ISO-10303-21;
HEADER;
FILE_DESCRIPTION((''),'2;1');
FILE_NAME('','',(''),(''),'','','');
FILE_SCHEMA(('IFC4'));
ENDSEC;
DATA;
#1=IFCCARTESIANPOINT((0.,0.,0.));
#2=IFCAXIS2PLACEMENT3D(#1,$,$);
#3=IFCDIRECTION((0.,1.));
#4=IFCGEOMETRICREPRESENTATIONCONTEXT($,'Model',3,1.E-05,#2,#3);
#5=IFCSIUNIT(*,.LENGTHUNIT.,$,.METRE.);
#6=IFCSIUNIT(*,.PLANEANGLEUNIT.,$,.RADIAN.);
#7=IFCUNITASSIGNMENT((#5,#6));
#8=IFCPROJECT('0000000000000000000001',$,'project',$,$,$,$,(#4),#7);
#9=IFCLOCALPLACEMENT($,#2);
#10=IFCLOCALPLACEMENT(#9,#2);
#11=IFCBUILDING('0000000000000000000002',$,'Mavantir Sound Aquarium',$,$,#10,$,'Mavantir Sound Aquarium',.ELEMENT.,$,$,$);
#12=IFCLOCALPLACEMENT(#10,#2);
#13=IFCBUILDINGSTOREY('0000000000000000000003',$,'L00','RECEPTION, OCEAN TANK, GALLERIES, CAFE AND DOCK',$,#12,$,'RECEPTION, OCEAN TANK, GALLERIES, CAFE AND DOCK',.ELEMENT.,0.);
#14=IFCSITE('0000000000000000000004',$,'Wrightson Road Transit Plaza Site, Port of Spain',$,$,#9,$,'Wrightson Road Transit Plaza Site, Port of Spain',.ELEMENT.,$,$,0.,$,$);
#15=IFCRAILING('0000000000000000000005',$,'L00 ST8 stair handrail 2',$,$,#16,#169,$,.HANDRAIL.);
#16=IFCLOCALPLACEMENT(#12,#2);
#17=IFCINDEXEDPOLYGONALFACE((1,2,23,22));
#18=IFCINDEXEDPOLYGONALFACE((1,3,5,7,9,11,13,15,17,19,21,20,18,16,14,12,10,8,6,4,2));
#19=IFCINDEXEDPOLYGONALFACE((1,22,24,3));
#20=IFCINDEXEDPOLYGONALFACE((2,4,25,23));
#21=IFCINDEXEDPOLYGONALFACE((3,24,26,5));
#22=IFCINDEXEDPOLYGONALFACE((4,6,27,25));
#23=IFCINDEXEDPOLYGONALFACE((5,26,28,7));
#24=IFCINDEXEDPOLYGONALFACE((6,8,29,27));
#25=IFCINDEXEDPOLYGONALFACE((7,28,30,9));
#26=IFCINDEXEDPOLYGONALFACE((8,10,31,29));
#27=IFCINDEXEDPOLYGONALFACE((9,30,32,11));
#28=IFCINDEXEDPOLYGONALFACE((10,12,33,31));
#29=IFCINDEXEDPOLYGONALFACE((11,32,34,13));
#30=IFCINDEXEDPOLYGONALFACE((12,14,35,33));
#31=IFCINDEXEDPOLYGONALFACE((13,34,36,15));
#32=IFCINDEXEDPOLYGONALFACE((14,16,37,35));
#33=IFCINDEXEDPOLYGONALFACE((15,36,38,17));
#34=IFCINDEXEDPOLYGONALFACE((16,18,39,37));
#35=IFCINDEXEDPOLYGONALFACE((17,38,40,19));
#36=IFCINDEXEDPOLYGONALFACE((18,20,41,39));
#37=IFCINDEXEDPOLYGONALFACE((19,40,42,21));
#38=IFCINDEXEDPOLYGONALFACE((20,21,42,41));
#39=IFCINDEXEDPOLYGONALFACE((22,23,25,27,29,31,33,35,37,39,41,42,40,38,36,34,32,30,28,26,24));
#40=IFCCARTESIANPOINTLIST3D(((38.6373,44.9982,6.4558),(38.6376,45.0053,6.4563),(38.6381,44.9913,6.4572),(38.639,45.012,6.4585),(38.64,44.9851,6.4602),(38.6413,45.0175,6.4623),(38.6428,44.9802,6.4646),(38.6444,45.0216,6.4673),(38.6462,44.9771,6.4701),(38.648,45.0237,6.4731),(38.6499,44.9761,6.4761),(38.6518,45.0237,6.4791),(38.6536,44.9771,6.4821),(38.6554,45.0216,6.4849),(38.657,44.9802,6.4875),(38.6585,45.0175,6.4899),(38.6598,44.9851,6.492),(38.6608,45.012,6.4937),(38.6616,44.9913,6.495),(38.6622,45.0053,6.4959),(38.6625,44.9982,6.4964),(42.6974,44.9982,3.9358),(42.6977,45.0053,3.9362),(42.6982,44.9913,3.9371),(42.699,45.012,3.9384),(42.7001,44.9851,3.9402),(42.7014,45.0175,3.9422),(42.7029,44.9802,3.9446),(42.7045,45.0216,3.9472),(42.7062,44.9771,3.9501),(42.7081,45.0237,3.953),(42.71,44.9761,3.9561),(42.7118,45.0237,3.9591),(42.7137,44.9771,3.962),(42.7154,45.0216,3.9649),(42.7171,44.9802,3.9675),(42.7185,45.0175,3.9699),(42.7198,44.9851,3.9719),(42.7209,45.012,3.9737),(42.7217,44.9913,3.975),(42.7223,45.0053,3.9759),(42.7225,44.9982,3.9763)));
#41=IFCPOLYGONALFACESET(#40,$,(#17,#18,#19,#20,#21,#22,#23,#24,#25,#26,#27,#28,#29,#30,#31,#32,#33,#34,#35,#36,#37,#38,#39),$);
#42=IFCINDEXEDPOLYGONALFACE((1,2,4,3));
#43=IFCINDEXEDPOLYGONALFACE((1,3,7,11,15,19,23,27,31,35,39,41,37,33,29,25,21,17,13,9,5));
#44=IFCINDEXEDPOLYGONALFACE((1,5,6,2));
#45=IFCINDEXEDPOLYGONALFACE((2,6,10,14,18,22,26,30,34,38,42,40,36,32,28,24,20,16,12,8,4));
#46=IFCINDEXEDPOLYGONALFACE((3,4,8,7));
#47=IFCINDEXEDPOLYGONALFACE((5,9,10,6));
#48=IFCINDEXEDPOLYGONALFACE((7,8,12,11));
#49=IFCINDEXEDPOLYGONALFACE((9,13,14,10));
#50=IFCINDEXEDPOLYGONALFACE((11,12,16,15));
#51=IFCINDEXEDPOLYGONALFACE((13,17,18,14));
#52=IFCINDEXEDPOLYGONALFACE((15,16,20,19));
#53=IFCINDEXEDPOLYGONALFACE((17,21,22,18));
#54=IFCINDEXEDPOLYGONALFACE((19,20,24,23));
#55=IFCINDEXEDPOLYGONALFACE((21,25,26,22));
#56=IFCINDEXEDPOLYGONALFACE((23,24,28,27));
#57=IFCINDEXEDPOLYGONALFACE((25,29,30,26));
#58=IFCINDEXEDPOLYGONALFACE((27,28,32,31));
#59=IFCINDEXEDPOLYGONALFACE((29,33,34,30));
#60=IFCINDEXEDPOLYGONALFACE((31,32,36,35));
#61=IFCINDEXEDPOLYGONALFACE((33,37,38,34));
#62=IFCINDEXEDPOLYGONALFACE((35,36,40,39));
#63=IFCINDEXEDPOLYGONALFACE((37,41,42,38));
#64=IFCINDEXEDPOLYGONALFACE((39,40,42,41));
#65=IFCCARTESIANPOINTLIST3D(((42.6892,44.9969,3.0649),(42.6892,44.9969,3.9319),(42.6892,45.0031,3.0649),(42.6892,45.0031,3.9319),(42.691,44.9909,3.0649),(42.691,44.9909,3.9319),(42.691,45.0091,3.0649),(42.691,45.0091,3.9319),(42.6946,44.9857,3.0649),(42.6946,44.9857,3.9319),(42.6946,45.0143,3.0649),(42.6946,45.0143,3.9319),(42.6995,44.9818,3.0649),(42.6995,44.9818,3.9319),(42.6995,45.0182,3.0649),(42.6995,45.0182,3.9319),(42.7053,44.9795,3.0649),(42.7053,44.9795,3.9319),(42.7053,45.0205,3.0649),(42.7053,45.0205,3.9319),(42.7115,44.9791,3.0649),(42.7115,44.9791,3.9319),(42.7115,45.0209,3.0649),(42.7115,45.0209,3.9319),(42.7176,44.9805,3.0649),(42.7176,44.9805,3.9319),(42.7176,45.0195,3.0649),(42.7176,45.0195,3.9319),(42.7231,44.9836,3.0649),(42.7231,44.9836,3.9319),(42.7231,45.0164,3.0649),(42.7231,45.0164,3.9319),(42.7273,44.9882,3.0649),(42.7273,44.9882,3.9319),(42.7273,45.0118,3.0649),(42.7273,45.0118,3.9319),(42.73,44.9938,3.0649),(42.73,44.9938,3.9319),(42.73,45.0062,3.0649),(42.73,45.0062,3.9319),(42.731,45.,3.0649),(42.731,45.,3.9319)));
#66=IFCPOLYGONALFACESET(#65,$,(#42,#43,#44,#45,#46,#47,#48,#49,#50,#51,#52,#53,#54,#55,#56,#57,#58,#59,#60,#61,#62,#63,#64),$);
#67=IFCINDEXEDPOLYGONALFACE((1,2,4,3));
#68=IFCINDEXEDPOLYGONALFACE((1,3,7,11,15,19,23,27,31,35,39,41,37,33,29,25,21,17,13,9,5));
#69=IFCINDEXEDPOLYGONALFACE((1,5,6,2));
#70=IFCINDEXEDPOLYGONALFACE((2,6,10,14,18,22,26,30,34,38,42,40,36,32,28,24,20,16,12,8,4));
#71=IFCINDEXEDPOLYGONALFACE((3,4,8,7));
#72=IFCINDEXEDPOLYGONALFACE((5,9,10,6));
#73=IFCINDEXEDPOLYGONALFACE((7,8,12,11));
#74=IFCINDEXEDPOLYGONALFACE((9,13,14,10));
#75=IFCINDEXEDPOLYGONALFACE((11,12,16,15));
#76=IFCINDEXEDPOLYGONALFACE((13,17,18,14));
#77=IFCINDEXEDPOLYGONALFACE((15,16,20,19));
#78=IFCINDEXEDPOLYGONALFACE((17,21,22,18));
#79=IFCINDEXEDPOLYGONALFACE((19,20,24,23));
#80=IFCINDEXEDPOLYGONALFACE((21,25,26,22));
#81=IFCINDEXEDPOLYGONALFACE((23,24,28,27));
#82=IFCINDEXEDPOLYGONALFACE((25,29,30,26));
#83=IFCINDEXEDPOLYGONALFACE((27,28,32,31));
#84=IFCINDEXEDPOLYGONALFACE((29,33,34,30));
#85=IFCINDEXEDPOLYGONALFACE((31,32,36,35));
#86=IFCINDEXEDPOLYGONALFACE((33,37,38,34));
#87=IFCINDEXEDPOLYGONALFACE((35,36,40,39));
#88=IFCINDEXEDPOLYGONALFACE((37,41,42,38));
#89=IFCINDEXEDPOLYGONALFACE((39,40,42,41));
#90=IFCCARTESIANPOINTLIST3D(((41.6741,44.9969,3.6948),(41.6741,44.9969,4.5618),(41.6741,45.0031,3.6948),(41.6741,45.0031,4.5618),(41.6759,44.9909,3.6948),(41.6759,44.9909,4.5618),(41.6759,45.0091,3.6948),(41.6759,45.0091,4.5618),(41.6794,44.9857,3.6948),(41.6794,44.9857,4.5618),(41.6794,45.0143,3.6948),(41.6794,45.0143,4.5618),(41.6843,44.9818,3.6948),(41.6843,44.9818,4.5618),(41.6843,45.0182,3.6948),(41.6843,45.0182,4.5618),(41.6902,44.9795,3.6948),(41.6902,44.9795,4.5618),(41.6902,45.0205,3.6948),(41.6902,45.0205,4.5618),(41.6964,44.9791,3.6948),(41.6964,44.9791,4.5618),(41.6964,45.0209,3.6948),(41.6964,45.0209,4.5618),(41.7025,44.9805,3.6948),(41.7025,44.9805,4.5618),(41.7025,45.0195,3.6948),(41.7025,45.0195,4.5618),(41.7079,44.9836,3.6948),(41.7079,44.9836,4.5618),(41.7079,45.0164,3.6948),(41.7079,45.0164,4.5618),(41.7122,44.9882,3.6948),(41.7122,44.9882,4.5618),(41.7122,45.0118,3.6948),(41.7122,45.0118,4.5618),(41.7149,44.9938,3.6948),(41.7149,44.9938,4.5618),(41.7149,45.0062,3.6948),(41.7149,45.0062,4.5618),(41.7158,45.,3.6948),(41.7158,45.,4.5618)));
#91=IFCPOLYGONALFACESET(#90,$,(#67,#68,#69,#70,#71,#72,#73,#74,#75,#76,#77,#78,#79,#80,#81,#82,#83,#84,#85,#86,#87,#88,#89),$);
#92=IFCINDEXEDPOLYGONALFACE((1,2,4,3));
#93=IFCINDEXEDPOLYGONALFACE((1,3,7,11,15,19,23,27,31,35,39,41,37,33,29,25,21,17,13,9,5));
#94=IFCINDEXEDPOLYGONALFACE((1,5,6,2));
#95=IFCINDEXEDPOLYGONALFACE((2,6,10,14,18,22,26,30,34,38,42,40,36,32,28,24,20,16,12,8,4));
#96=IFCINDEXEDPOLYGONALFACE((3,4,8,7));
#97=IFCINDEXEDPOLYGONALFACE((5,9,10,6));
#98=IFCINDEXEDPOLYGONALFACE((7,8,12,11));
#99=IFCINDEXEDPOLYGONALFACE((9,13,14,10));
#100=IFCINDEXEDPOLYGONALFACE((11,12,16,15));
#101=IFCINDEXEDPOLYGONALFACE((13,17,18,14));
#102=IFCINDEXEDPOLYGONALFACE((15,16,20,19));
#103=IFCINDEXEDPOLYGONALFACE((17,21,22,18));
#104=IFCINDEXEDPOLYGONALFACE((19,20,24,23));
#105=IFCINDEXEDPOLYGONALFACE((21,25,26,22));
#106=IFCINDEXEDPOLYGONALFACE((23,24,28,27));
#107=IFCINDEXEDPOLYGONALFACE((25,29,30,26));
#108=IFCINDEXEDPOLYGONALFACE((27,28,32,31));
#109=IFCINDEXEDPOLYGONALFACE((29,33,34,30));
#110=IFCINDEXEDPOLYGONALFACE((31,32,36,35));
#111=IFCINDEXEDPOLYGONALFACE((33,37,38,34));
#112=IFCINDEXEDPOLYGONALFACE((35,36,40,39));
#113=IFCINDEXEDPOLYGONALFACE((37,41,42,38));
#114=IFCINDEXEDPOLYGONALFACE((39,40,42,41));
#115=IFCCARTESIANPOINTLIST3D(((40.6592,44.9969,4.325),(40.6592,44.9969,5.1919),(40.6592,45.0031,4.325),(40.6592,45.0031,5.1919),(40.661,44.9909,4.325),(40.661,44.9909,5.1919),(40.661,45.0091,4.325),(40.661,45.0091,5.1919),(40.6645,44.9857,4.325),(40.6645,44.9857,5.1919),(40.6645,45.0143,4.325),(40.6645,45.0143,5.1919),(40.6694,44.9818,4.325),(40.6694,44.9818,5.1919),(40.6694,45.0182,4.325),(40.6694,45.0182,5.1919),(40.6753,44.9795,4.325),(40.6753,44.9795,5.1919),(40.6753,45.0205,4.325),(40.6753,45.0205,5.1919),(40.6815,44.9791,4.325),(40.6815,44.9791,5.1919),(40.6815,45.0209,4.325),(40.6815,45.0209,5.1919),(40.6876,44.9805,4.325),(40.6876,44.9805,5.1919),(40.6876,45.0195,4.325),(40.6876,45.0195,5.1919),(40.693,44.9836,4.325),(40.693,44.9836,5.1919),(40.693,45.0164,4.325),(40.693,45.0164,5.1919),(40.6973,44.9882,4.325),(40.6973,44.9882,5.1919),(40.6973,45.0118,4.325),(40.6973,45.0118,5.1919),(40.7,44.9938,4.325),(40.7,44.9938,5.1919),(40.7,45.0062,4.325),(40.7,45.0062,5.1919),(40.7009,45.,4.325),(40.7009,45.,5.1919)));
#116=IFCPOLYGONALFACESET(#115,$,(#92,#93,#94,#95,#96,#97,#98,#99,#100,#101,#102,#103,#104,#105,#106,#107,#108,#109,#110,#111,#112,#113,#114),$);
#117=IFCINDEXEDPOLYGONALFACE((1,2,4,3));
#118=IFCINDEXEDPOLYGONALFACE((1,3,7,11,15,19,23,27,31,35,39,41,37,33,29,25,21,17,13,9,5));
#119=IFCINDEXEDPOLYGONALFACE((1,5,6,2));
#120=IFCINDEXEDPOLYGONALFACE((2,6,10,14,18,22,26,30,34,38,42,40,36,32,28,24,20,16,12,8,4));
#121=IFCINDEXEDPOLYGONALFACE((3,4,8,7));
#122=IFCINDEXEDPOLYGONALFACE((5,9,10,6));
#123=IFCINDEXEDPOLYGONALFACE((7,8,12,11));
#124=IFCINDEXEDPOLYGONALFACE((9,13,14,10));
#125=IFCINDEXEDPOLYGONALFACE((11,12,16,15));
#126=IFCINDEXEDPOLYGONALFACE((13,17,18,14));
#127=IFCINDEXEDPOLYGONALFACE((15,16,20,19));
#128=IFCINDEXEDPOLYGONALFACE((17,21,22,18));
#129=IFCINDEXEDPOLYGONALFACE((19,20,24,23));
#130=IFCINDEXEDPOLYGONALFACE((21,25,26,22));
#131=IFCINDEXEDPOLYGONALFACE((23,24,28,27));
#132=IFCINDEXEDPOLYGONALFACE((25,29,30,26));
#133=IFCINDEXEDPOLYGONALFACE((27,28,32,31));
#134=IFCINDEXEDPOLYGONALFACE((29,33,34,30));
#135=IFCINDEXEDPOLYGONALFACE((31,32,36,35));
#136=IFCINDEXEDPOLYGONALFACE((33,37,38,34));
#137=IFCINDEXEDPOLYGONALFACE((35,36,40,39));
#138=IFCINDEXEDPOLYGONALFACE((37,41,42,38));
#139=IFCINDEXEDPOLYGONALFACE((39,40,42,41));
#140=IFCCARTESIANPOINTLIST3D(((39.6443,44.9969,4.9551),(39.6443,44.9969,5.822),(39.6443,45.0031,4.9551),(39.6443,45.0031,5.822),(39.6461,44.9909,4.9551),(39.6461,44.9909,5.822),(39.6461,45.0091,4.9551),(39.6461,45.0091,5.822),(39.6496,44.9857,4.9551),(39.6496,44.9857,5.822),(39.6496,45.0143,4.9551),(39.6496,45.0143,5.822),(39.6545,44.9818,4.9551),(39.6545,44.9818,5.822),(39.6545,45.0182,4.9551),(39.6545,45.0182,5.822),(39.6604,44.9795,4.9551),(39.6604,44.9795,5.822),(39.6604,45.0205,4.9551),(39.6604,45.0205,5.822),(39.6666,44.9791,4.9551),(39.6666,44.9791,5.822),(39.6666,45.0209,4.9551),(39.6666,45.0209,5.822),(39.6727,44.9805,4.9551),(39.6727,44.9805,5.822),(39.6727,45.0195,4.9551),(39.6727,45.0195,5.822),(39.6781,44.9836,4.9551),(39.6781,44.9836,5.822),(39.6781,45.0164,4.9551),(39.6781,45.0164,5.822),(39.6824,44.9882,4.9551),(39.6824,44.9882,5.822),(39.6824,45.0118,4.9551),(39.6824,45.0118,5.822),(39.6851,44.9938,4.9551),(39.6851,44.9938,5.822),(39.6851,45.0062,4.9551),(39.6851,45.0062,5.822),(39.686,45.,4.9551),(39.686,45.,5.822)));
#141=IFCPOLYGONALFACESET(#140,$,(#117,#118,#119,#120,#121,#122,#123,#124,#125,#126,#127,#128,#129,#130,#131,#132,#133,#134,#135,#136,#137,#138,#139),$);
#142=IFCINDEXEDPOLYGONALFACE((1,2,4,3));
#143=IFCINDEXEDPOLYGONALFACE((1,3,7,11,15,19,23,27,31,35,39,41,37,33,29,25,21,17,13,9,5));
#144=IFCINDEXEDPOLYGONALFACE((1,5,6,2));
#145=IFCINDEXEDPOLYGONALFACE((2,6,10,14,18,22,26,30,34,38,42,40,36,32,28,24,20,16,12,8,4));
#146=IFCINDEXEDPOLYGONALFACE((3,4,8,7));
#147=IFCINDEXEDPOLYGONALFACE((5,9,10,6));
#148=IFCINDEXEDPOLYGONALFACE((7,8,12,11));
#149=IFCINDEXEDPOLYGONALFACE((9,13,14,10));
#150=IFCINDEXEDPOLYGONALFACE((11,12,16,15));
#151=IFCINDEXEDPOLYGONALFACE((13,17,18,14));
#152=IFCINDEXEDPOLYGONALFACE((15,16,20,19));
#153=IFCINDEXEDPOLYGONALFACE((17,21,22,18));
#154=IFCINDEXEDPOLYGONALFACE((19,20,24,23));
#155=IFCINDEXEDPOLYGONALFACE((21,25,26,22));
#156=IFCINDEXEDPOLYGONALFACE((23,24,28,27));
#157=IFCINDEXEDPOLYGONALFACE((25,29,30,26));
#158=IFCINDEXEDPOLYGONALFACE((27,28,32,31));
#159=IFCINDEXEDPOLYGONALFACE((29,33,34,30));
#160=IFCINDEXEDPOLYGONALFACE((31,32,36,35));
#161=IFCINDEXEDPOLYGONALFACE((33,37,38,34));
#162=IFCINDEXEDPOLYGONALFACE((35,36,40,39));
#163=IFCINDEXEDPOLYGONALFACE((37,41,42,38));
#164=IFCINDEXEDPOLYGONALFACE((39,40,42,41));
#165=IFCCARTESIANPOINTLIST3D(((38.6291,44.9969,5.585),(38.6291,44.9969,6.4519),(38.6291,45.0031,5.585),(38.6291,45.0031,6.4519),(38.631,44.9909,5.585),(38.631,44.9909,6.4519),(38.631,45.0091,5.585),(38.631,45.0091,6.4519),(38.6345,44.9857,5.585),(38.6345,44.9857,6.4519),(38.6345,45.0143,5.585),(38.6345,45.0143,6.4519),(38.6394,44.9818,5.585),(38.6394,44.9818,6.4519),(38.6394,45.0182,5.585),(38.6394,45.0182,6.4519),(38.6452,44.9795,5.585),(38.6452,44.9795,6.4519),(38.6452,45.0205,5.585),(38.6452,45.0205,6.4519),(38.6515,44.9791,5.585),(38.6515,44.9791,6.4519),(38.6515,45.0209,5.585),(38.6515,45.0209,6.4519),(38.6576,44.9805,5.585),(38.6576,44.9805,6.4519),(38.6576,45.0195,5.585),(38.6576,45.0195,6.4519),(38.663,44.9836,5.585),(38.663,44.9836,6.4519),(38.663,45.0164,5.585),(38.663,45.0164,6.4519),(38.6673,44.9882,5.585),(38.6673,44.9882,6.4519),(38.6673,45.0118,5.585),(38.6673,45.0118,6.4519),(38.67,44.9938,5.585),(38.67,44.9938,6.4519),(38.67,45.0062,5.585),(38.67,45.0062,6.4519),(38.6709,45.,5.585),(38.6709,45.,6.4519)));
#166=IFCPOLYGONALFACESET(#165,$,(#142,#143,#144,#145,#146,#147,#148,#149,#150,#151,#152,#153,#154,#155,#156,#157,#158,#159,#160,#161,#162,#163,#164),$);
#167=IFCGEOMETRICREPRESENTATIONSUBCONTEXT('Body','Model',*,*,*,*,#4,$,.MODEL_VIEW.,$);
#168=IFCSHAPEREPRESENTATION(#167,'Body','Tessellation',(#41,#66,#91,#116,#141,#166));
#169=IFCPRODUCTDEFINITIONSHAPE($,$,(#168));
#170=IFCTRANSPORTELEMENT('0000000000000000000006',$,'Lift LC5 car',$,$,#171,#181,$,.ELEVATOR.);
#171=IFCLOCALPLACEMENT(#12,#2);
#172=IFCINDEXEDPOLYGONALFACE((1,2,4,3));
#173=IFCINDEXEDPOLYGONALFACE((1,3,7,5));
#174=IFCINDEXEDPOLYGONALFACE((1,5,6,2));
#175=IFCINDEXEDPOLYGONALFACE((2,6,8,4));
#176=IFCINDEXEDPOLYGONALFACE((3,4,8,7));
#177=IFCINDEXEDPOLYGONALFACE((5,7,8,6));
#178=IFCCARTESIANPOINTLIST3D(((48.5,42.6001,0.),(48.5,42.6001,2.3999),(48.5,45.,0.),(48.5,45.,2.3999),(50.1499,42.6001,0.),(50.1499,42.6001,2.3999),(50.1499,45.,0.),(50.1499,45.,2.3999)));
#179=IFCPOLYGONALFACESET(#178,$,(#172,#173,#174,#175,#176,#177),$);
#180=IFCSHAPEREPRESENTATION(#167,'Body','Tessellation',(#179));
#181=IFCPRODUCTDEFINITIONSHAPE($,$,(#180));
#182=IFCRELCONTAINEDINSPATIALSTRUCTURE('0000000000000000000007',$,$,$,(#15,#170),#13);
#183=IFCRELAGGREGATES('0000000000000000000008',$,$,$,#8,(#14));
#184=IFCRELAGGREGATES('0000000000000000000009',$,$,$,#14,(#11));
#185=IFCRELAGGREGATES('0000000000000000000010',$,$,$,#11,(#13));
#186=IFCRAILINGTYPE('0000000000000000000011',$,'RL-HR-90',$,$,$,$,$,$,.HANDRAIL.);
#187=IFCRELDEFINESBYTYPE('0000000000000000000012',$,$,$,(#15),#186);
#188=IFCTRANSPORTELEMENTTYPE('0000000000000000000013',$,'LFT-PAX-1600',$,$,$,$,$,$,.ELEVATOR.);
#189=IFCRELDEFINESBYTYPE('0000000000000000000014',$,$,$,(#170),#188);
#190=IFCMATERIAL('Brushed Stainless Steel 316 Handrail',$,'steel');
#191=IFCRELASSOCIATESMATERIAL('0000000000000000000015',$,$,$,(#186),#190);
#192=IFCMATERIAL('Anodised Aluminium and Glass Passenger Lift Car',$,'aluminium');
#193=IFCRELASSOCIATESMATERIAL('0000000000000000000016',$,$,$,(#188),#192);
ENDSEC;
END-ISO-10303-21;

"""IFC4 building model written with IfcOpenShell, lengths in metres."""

from ifc_helpers import new_model, si_unit, direction, frame, origin, origin_2d, place, context, subcontext, project, spatial, rectangle, circle, extrude, material, type_object, element, save


model = new_model("IFC4")

# Units and contexts
model_context = context("Model", 3, precision=1e-05, world=origin(), true_north=direction((0.0, 1.0)))
body_context = subcontext(model_context, "Body", "Model", "MODEL_VIEW")
ifc_project = project(units=[si_unit("LENGTHUNIT", "METRE"), si_unit("PLANEANGLEUNIT", "RADIAN")], contexts=[model_context])

# Site, building, storey
site_placement = place(None, origin())
site = spatial("IfcSite", under=ifc_project, at=site_placement, Name="Wrightson Road Transit Plaza Site, Port of Spain", LongName="Wrightson Road Transit Plaza Site, Port of Spain", CompositionType="ELEMENT", RefElevation=0.0)
building_placement = place(site_placement, origin())
building = spatial("IfcBuilding", under=site, at=building_placement, Name="Mavantir Sound Aquarium", LongName="Mavantir Sound Aquarium", CompositionType="ELEMENT")
storey_placement = place(building_placement, origin())
storey = spatial("IfcBuildingStorey", under=building, at=storey_placement, Name="L00", Description="RECEPTION, OCEAN TANK, GALLERIES, CAFE AND DOCK", LongName="RECEPTION, OCEAN TANK, GALLERIES, CAFE AND DOCK", CompositionType="ELEMENT", Elevation=0.0)

# Railing
ifc_material_1 = material(Name="Brushed Stainless Steel 316 Handrail", Category="steel")
railing_type_1 = type_object("IfcRailingType", Name="RL-HR-90", PredefinedType="HANDRAIL", material=ifc_material_1)
railing_1_placement = place(storey_placement, frame((42.71, 45.0, 3.0649)))
element("IfcRailing", 1, at=railing_1_placement, inside=storey, type_object=railing_type_1, Name="L00 ST8 stair handrail 2", PredefinedType="HANDRAIL", context=body_context, shape_type="SweptSolid", body=[
    extrude(circle(Radius=0.0239, at=origin_2d()), frame((0.0, 0.0, 0.8911), z_axis=(-0.849642, 0.0, 0.52736), x_axis=(0.0, -1.0, 0.0)), (0.0, 0.0, 1.0), 4.7786),
    extrude(circle(Radius=0.021, at=origin_2d()), origin(), (0.0, 0.0, 1.0), 0.8669),
    extrude(circle(Radius=0.021, at=origin_2d()), frame((-1.0151, 0.0, 0.6299)), (0.0, 0.0, 1.0), 0.8669),
    extrude(circle(Radius=0.021, at=origin_2d()), frame((-2.03, 0.0, 1.26)), (0.0, 0.0, 1.0), 0.8669),
    extrude(circle(Radius=0.021, at=origin_2d()), frame((-3.0449, 0.0, 1.8901)), (0.0, 0.0, 1.0), 0.8669),
    extrude(circle(Radius=0.021, at=origin_2d()), frame((-4.0601, 0.0, 2.52)), (0.0, 0.0, 1.0), 0.8669),
])

# Transport element
ifc_material_2 = material(Name="Anodised Aluminium and Glass Passenger Lift Car", Category="aluminium")
transport_element_type = type_object("IfcTransportElementType", Name="LFT-PAX-1600", PredefinedType="ELEVATOR", material=ifc_material_2)
transport_element_placement = place(storey_placement, frame((49.325, 43.8, 0.0), z_axis=(0.0, 0.0, 1.0), x_axis=(1.0, 0.0, 0.0)))
element("IfcTransportElement", 2, at=transport_element_placement, inside=storey, type_object=transport_element_type, Name="Lift LC5 car", PredefinedType="ELEVATOR", context=body_context, shape_type="SweptSolid", body=[
    extrude(rectangle(XDim=1.6499, YDim=2.3999, at=origin_2d()), origin(), (0.0, 0.0, 1.0), 2.3999),
])

save(model, "model.ifc")
